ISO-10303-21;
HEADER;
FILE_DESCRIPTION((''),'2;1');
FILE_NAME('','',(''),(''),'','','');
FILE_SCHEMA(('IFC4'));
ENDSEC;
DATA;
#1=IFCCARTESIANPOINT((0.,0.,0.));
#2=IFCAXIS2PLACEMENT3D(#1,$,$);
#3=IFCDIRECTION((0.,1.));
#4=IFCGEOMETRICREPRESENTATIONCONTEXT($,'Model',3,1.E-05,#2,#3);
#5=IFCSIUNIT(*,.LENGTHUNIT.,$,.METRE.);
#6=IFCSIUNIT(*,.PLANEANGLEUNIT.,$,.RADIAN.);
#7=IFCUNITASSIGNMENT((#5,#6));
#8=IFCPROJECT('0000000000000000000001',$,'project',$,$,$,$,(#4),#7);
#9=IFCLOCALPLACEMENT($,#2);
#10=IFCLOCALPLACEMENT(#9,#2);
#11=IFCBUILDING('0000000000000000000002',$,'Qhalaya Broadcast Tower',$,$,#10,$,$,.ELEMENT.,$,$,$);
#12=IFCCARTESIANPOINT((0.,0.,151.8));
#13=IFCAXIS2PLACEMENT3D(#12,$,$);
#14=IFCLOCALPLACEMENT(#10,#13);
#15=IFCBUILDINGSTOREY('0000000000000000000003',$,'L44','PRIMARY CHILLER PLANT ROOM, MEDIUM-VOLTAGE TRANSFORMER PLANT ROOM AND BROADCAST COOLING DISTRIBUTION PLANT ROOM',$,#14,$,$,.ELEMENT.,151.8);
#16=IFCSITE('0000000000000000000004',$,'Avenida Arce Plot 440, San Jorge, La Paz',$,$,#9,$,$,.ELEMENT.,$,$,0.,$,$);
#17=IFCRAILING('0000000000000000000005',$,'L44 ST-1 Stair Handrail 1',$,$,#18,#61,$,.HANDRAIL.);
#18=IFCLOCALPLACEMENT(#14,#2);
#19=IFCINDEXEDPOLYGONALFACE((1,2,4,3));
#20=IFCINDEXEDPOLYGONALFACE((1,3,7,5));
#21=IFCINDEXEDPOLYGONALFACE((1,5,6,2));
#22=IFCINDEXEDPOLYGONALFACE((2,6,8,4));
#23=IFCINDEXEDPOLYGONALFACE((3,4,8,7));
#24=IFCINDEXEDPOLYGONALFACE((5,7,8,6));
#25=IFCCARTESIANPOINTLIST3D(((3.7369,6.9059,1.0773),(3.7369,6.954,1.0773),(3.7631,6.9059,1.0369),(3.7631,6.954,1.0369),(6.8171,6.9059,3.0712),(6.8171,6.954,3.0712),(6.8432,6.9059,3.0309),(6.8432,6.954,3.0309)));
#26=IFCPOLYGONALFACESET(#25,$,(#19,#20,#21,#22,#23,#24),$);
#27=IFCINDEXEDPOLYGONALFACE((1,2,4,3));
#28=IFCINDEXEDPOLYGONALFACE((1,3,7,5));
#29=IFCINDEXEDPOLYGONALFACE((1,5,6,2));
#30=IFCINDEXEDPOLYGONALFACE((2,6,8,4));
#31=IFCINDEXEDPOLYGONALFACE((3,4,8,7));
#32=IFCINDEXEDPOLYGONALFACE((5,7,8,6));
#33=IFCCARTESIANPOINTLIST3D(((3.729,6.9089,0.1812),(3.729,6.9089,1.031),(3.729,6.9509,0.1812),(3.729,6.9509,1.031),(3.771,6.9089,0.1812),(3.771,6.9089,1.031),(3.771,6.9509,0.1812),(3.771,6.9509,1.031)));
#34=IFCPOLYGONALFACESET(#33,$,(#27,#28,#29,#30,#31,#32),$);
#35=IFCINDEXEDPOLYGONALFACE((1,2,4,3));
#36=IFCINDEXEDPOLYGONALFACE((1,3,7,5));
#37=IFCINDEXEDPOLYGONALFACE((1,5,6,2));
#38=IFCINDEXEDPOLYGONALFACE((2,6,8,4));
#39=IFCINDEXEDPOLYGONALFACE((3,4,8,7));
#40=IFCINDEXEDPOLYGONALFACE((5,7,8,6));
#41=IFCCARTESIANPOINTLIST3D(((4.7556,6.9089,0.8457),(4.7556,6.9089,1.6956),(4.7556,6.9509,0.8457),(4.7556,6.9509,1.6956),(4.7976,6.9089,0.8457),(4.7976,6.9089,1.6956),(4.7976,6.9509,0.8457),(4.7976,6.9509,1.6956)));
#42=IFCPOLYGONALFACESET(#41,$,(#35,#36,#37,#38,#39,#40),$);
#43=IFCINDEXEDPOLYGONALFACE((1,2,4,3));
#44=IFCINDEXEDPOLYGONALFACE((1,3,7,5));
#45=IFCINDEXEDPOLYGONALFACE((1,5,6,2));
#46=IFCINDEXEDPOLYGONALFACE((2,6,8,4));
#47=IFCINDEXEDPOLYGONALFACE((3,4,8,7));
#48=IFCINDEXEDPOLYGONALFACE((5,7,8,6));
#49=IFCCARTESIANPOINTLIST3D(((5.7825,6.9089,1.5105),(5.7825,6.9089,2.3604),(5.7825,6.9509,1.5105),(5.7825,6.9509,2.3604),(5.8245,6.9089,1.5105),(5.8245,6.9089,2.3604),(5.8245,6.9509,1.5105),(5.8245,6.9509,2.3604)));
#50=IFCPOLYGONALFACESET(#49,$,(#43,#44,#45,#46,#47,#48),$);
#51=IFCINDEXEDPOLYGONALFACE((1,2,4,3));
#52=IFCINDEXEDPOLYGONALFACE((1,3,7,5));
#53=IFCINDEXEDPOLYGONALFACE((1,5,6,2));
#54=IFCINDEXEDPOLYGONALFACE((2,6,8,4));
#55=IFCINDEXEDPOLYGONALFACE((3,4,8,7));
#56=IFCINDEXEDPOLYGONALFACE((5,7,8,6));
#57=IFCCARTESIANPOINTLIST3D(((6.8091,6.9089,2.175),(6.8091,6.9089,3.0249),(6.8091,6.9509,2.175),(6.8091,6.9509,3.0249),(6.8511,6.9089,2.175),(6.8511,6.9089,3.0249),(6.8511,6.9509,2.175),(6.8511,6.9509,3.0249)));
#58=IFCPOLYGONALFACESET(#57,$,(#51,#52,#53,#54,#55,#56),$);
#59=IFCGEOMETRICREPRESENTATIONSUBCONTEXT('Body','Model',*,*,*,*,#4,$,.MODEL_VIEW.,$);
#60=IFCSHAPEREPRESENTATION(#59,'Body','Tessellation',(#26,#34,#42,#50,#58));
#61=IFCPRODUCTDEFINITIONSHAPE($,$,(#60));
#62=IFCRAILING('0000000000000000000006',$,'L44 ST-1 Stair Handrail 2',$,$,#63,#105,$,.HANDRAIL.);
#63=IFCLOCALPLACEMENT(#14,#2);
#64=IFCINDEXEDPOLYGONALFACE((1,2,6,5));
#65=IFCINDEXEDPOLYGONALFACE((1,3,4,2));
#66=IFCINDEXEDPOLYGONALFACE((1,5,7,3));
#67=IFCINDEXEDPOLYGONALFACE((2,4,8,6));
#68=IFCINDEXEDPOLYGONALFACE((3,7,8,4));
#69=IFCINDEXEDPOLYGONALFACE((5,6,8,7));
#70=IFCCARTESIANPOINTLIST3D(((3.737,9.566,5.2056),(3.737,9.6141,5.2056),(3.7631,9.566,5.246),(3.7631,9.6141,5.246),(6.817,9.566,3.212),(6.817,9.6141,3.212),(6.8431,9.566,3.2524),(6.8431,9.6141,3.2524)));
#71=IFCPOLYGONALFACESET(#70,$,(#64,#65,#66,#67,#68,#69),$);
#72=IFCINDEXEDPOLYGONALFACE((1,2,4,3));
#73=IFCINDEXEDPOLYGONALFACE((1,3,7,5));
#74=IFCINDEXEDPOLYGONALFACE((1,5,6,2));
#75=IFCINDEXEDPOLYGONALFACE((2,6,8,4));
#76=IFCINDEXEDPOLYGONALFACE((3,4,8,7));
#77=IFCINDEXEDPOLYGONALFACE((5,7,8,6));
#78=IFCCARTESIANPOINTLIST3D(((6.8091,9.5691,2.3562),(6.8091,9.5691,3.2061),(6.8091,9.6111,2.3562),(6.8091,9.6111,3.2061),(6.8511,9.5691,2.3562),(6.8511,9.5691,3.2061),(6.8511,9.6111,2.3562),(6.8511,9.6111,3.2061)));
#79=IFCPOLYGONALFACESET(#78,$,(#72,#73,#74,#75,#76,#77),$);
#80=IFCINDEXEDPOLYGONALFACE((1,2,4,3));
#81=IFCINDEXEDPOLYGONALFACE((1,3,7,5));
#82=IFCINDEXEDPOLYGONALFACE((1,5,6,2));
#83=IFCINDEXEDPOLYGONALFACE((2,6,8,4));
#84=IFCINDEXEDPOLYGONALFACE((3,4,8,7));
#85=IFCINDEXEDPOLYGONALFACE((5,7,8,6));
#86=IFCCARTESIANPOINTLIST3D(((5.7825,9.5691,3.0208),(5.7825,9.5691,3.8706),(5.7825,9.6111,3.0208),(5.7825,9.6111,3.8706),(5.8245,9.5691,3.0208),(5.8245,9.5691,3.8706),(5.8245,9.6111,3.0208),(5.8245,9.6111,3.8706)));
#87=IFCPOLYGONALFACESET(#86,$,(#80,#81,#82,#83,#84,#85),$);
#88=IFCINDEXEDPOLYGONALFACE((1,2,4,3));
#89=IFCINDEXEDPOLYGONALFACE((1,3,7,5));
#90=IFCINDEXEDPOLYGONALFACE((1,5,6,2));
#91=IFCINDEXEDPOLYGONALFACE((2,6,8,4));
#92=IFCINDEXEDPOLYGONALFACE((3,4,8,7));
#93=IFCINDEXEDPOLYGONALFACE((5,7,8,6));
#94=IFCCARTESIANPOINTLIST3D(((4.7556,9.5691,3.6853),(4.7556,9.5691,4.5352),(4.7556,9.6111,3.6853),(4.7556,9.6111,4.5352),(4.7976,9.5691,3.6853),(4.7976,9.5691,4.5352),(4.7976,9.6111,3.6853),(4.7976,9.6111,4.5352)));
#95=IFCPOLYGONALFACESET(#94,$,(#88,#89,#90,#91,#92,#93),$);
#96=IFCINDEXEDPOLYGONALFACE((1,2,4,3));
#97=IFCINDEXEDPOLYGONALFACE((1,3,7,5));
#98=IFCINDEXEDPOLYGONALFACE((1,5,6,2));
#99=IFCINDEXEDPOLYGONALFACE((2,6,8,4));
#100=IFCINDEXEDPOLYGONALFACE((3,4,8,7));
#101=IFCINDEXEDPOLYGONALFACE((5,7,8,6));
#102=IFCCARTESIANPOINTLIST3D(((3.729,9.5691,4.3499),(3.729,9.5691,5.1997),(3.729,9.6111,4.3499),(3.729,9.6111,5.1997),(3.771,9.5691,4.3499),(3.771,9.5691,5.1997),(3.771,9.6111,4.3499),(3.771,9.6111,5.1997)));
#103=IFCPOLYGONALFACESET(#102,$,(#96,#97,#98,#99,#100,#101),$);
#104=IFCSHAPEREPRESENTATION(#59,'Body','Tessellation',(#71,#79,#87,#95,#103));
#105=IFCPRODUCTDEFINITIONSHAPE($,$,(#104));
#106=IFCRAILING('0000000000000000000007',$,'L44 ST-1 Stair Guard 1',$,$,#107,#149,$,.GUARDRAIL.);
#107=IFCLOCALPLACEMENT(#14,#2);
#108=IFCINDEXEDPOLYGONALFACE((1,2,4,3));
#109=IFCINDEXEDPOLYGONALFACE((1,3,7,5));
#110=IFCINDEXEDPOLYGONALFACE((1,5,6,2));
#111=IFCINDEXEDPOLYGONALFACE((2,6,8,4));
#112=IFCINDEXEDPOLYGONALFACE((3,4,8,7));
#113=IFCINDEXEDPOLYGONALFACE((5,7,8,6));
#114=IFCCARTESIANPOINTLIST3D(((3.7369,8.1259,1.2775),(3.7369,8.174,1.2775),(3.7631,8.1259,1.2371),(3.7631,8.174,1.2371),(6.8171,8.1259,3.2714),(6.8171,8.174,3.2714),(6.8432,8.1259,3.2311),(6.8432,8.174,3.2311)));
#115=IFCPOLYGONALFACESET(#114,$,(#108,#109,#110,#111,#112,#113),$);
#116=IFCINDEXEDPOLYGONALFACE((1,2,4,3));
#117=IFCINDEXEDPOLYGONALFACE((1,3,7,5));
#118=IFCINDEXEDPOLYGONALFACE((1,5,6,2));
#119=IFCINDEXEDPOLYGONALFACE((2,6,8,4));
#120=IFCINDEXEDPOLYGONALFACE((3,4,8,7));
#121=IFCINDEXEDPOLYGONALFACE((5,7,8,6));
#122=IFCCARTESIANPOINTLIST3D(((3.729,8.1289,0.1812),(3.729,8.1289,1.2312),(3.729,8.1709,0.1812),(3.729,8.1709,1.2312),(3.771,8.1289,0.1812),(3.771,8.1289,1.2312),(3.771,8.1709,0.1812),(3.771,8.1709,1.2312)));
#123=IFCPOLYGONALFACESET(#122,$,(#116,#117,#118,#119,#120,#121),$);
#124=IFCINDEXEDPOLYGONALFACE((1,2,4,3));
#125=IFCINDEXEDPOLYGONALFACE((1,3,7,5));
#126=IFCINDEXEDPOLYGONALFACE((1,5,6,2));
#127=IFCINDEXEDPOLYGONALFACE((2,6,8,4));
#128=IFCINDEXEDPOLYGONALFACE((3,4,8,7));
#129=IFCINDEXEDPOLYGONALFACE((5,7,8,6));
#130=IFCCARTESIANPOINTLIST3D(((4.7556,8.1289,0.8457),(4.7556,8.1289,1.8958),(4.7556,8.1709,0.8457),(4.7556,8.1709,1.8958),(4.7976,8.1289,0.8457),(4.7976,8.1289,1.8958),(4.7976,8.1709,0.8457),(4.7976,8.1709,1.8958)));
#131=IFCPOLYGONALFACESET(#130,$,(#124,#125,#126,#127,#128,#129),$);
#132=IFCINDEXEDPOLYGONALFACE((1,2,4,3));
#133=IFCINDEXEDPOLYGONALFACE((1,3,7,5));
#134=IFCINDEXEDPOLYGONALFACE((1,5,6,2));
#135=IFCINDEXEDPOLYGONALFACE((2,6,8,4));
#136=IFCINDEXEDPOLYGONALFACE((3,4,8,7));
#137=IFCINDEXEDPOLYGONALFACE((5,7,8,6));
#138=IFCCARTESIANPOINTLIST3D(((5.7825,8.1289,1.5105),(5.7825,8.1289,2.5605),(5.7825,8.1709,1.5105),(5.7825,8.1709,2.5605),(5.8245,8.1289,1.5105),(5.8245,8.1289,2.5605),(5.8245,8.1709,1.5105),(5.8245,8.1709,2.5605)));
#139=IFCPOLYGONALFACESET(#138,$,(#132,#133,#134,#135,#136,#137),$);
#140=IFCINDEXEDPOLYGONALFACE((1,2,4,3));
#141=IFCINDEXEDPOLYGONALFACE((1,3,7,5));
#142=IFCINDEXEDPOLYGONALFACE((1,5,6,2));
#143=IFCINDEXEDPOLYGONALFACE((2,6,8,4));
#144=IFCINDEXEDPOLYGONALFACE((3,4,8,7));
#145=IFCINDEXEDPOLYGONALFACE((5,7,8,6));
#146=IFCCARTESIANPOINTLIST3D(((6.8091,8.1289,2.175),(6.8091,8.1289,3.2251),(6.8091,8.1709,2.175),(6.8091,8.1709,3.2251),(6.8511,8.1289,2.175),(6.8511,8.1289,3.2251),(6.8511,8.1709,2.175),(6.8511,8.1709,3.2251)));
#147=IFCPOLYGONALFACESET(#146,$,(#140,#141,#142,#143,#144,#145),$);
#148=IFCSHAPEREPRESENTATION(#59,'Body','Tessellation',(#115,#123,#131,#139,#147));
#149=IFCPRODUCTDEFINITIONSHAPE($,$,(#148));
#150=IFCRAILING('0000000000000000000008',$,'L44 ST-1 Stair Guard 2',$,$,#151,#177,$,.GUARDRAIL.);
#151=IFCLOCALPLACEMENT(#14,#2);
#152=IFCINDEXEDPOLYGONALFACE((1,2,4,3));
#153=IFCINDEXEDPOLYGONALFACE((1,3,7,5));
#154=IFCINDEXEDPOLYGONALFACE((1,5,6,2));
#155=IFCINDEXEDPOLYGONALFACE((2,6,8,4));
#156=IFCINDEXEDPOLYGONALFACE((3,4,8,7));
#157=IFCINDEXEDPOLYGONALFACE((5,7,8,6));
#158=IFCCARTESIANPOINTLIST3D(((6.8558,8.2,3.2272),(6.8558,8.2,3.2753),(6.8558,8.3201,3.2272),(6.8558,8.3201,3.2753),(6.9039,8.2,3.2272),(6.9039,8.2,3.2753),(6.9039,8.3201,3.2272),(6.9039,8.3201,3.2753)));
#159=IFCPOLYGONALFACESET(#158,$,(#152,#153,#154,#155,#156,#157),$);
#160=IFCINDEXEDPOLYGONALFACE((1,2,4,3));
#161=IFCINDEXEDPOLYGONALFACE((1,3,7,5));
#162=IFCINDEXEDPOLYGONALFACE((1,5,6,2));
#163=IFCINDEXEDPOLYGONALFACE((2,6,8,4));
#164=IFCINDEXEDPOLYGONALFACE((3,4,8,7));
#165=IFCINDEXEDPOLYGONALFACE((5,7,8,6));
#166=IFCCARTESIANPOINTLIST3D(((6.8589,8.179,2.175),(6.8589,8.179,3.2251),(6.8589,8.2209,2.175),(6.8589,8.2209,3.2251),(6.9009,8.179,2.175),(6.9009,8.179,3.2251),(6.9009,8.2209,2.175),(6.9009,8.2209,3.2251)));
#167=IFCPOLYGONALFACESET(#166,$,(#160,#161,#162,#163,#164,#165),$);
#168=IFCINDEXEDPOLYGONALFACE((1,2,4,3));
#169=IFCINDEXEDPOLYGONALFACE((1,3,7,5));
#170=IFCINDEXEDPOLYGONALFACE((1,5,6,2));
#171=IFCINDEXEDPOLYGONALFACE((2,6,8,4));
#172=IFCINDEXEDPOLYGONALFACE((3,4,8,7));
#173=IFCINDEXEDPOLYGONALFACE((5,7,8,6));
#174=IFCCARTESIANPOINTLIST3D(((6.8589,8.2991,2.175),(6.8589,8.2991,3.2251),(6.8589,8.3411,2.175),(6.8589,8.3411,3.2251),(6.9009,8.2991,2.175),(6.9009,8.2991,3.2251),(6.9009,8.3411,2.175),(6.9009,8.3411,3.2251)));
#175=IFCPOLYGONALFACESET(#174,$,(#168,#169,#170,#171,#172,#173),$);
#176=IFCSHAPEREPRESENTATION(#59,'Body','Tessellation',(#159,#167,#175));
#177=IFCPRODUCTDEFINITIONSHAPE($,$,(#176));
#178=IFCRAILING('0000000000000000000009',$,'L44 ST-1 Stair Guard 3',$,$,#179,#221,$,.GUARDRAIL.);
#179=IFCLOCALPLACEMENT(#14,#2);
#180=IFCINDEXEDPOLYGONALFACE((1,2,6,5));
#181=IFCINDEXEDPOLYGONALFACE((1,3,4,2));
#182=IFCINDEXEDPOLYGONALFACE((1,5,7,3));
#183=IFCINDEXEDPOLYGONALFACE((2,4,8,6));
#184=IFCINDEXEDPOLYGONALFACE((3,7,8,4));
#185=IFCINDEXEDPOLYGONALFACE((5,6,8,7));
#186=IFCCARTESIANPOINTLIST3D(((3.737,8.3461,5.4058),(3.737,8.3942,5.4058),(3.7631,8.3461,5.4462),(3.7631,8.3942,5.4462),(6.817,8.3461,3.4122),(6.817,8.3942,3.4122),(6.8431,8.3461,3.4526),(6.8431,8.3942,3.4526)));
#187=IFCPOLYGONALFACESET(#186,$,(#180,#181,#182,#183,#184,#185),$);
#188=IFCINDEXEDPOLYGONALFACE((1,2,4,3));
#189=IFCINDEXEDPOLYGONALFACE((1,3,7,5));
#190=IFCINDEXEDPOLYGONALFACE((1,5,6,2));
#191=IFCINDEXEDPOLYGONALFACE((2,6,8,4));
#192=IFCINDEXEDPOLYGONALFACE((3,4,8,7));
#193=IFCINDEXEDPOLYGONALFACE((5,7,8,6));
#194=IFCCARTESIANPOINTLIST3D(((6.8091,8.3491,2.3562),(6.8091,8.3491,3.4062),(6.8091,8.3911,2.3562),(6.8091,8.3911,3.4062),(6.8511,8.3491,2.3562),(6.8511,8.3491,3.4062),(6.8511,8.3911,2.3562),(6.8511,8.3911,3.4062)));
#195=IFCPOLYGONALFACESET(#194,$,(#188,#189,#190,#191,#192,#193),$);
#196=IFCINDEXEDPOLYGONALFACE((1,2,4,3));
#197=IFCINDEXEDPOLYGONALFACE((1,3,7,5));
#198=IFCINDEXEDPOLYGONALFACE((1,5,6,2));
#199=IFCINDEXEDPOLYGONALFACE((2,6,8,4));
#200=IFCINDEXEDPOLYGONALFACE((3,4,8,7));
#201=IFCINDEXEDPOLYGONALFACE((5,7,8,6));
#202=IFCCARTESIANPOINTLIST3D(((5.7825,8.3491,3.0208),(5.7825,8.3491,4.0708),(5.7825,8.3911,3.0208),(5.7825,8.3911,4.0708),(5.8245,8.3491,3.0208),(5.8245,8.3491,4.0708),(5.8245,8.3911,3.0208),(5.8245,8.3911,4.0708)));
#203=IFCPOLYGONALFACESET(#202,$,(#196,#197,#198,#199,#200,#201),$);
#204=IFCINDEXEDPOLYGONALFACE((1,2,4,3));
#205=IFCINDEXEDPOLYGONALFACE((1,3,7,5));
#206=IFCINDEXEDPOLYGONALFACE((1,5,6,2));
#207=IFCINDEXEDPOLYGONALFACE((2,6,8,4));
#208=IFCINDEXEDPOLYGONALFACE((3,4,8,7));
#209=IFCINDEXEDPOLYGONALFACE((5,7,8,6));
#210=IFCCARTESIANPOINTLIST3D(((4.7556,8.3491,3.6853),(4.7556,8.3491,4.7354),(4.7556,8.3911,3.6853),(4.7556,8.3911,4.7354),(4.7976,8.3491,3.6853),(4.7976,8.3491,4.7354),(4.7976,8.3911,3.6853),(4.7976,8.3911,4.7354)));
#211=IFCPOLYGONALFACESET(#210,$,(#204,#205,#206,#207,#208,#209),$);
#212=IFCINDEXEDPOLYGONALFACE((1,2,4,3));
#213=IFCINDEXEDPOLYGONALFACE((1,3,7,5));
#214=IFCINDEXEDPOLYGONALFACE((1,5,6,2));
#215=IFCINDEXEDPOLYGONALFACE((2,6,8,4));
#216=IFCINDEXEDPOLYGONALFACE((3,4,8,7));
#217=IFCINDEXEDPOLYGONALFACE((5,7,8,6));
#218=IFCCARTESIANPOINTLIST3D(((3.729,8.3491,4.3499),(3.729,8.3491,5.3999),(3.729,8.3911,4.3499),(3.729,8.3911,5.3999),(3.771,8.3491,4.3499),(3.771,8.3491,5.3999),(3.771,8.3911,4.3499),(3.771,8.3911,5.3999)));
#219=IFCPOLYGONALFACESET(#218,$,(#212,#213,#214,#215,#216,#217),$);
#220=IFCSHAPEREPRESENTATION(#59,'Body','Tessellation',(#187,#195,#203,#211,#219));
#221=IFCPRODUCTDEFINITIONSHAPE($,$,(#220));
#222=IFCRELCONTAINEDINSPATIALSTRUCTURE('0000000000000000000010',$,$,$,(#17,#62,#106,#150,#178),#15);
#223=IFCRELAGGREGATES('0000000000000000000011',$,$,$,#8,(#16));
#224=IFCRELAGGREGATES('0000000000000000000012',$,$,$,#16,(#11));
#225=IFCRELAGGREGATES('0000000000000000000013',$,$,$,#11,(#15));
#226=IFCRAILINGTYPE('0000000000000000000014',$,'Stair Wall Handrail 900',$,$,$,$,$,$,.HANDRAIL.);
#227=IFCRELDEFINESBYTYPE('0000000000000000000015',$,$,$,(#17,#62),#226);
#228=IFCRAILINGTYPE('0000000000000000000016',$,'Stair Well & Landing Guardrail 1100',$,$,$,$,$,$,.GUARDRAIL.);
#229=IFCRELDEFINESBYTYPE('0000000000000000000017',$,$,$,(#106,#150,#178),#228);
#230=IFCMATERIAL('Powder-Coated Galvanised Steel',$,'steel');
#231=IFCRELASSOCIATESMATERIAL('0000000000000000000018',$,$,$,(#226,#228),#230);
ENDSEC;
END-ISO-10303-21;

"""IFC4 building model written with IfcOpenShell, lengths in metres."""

from ifc_helpers import new_model, si_unit, direction, frame, origin, origin_2d, place, context, subcontext, project, spatial, rectangle, extrude, material, type_object, element, save


model = new_model("IFC4")

# Units and contexts
model_context = context("Model", 3, precision=1e-05, world=origin(), true_north=direction((0.0, 1.0)))
body_context = subcontext(model_context, "Body", "Model", "MODEL_VIEW")
ifc_project = project(units=[si_unit("LENGTHUNIT", "METRE"), si_unit("PLANEANGLEUNIT", "RADIAN")], contexts=[model_context])

# Site, building, storey
site_placement = place(None, origin())
site = spatial("IfcSite", under=ifc_project, at=site_placement, Name="Avenida Arce Plot 440, San Jorge, La Paz", CompositionType="ELEMENT", RefElevation=0.0)
building_placement = place(site_placement, origin())
building = spatial("IfcBuilding", under=site, at=building_placement, Name="Qhalaya Broadcast Tower", CompositionType="ELEMENT")
storey_placement = place(building_placement, frame((0.0, 0.0, 151.8)))
storey = spatial("IfcBuildingStorey", under=building, at=storey_placement, Name="L44", Description="PRIMARY CHILLER PLANT ROOM, MEDIUM-VOLTAGE TRANSFORMER PLANT ROOM AND BROADCAST COOLING DISTRIBUTION PLANT ROOM", CompositionType="ELEMENT", Elevation=151.8)

# Railings
ifc_material_1 = material(Name="Powder-Coated Galvanised Steel", Category="steel")
railing_type_1 = type_object("IfcRailingType", Name="Stair Wall Handrail 900", PredefinedType="HANDRAIL", material=ifc_material_1)
railing_1_placement = place(storey_placement, frame((3.75, 6.9299, 0.1812)))
element("IfcRailing", 1, at=railing_1_placement, inside=storey, type_object=railing_type_1, Name="L44 ST-1 Stair Handrail 1", PredefinedType="HANDRAIL", context=body_context, shape_type="SweptSolid", body=[
    extrude(rectangle(XDim=0.0481, YDim=0.0481, at=origin_2d()), frame((0.0, 0.0, 0.876), z_axis=(0.839458, 0.0, 0.543425), x_axis=(0.0, 1.0, 0.0)), (0.0, 0.0, 1.0), 3.6692),
    extrude(rectangle(XDim=0.042, YDim=0.042, at=origin_2d()), origin(), (0.0, 0.0, 1.0), 0.8499),
    extrude(rectangle(XDim=0.042, YDim=0.042, at=origin_2d()), frame((1.0266, 0.0, 0.6646)), (0.0, 0.0, 1.0), 0.8499),
    extrude(rectangle(XDim=0.042, YDim=0.042, at=origin_2d()), frame((2.0535, 0.0, 1.3293)), (0.0, 0.0, 1.0), 0.8499),
    extrude(rectangle(XDim=0.042, YDim=0.042, at=origin_2d()), frame((3.0801, 0.0, 1.9939)), (0.0, 0.0, 1.0), 0.8499),
])
railing_2_placement = place(storey_placement, frame((6.8301, 9.5901, 2.3562)))
element("IfcRailing", 2, at=railing_2_placement, inside=storey, type_object=railing_type_1, Name="L44 ST-1 Stair Handrail 2", PredefinedType="HANDRAIL", context=body_context, shape_type="SweptSolid", body=[
    extrude(rectangle(XDim=0.0481, YDim=0.0481, at=origin_2d()), frame((0.0, 0.0, 0.876), z_axis=(-0.839488, 0.0, 0.543378), x_axis=(0.0, -1.0, 0.0)), (0.0, 0.0, 1.0), 3.6689),
    extrude(rectangle(XDim=0.042, YDim=0.042, at=origin_2d()), origin(), (0.0, 0.0, 1.0), 0.8499),
    extrude(rectangle(XDim=0.042, YDim=0.042, at=origin_2d()), frame((-1.0266, 0.0, 0.6646)), (0.0, 0.0, 1.0), 0.8499),
    extrude(rectangle(XDim=0.042, YDim=0.042, at=origin_2d()), frame((-2.0535, 0.0, 1.3291)), (0.0, 0.0, 1.0), 0.8499),
    extrude(rectangle(XDim=0.042, YDim=0.042, at=origin_2d()), frame((-3.0801, 0.0, 1.9937)), (0.0, 0.0, 1.0), 0.8499),
])
railing_type_2 = type_object("IfcRailingType", Name="Stair Well & Landing Guardrail 1100", PredefinedType="GUARDRAIL", material=ifc_material_1)
railing_3_placement = place(storey_placement, frame((3.75, 8.1499, 0.1812)))
element("IfcRailing", 3, at=railing_3_placement, inside=storey, type_object=railing_type_2, Name="L44 ST-1 Stair Guard 1", PredefinedType="GUARDRAIL", context=body_context, shape_type="SweptSolid", body=[
    extrude(rectangle(XDim=0.0481, YDim=0.0481, at=origin_2d()), frame((0.0, 0.0, 1.0762), z_axis=(0.839458, 0.0, 0.543425), x_axis=(0.0, 1.0, 0.0)), (0.0, 0.0, 1.0), 3.6692),
    extrude(rectangle(XDim=0.042, YDim=0.042, at=origin_2d()), origin(), (0.0, 0.0, 1.0), 1.05),
    extrude(rectangle(XDim=0.042, YDim=0.042, at=origin_2d()), frame((1.0266, 0.0, 0.6646)), (0.0, 0.0, 1.0), 1.05),
    extrude(rectangle(XDim=0.042, YDim=0.042, at=origin_2d()), frame((2.0535, 0.0, 1.3293)), (0.0, 0.0, 1.0), 1.05),
    extrude(rectangle(XDim=0.042, YDim=0.042, at=origin_2d()), frame((3.0801, 0.0, 1.9939)), (0.0, 0.0, 1.0), 1.05),
])
railing_4_placement = place(storey_placement, frame((6.8799, 8.2, 2.175)))
element("IfcRailing", 4, at=railing_4_placement, inside=storey, type_object=railing_type_2, Name="L44 ST-1 Stair Guard 2", PredefinedType="GUARDRAIL", context=body_context, shape_type="SweptSolid", body=[
    extrude(rectangle(XDim=0.0481, YDim=0.0481, at=origin_2d()), frame((0.0, 0.0, 1.0762), z_axis=(0.0, 1.0, 0.0), x_axis=(-1.0, 0.0, 0.0)), (0.0, 0.0, 1.0), 0.1201),
    extrude(rectangle(XDim=0.042, YDim=0.042, at=origin_2d()), origin(), (0.0, 0.0, 1.0), 1.05),
    extrude(rectangle(XDim=0.042, YDim=0.042, at=origin_2d()), frame((0.0, 0.1201, 0.0)), (0.0, 0.0, 1.0), 1.05),
])
railing_5_placement = place(storey_placement, frame((6.8301, 8.3701, 2.3562)))
element("IfcRailing", 5, at=railing_5_placement, inside=storey, type_object=railing_type_2, Name="L44 ST-1 Stair Guard 3", PredefinedType="GUARDRAIL", context=body_context, shape_type="SweptSolid", body=[
    extrude(rectangle(XDim=0.0481, YDim=0.0481, at=origin_2d()), frame((0.0, 0.0, 1.0762), z_axis=(-0.839488, 0.0, 0.543378), x_axis=(0.0, -1.0, 0.0)), (0.0, 0.0, 1.0), 3.6689),
    extrude(rectangle(XDim=0.042, YDim=0.042, at=origin_2d()), origin(), (0.0, 0.0, 1.0), 1.05),
    extrude(rectangle(XDim=0.042, YDim=0.042, at=origin_2d()), frame((-1.0266, 0.0, 0.6646)), (0.0, 0.0, 1.0), 1.05),
    extrude(rectangle(XDim=0.042, YDim=0.042, at=origin_2d()), frame((-2.0535, 0.0, 1.3291)), (0.0, 0.0, 1.0), 1.05),
    extrude(rectangle(XDim=0.042, YDim=0.042, at=origin_2d()), frame((-3.0801, 0.0, 1.9937)), (0.0, 0.0, 1.0), 1.05),
])

save(model, "model.ifc")
